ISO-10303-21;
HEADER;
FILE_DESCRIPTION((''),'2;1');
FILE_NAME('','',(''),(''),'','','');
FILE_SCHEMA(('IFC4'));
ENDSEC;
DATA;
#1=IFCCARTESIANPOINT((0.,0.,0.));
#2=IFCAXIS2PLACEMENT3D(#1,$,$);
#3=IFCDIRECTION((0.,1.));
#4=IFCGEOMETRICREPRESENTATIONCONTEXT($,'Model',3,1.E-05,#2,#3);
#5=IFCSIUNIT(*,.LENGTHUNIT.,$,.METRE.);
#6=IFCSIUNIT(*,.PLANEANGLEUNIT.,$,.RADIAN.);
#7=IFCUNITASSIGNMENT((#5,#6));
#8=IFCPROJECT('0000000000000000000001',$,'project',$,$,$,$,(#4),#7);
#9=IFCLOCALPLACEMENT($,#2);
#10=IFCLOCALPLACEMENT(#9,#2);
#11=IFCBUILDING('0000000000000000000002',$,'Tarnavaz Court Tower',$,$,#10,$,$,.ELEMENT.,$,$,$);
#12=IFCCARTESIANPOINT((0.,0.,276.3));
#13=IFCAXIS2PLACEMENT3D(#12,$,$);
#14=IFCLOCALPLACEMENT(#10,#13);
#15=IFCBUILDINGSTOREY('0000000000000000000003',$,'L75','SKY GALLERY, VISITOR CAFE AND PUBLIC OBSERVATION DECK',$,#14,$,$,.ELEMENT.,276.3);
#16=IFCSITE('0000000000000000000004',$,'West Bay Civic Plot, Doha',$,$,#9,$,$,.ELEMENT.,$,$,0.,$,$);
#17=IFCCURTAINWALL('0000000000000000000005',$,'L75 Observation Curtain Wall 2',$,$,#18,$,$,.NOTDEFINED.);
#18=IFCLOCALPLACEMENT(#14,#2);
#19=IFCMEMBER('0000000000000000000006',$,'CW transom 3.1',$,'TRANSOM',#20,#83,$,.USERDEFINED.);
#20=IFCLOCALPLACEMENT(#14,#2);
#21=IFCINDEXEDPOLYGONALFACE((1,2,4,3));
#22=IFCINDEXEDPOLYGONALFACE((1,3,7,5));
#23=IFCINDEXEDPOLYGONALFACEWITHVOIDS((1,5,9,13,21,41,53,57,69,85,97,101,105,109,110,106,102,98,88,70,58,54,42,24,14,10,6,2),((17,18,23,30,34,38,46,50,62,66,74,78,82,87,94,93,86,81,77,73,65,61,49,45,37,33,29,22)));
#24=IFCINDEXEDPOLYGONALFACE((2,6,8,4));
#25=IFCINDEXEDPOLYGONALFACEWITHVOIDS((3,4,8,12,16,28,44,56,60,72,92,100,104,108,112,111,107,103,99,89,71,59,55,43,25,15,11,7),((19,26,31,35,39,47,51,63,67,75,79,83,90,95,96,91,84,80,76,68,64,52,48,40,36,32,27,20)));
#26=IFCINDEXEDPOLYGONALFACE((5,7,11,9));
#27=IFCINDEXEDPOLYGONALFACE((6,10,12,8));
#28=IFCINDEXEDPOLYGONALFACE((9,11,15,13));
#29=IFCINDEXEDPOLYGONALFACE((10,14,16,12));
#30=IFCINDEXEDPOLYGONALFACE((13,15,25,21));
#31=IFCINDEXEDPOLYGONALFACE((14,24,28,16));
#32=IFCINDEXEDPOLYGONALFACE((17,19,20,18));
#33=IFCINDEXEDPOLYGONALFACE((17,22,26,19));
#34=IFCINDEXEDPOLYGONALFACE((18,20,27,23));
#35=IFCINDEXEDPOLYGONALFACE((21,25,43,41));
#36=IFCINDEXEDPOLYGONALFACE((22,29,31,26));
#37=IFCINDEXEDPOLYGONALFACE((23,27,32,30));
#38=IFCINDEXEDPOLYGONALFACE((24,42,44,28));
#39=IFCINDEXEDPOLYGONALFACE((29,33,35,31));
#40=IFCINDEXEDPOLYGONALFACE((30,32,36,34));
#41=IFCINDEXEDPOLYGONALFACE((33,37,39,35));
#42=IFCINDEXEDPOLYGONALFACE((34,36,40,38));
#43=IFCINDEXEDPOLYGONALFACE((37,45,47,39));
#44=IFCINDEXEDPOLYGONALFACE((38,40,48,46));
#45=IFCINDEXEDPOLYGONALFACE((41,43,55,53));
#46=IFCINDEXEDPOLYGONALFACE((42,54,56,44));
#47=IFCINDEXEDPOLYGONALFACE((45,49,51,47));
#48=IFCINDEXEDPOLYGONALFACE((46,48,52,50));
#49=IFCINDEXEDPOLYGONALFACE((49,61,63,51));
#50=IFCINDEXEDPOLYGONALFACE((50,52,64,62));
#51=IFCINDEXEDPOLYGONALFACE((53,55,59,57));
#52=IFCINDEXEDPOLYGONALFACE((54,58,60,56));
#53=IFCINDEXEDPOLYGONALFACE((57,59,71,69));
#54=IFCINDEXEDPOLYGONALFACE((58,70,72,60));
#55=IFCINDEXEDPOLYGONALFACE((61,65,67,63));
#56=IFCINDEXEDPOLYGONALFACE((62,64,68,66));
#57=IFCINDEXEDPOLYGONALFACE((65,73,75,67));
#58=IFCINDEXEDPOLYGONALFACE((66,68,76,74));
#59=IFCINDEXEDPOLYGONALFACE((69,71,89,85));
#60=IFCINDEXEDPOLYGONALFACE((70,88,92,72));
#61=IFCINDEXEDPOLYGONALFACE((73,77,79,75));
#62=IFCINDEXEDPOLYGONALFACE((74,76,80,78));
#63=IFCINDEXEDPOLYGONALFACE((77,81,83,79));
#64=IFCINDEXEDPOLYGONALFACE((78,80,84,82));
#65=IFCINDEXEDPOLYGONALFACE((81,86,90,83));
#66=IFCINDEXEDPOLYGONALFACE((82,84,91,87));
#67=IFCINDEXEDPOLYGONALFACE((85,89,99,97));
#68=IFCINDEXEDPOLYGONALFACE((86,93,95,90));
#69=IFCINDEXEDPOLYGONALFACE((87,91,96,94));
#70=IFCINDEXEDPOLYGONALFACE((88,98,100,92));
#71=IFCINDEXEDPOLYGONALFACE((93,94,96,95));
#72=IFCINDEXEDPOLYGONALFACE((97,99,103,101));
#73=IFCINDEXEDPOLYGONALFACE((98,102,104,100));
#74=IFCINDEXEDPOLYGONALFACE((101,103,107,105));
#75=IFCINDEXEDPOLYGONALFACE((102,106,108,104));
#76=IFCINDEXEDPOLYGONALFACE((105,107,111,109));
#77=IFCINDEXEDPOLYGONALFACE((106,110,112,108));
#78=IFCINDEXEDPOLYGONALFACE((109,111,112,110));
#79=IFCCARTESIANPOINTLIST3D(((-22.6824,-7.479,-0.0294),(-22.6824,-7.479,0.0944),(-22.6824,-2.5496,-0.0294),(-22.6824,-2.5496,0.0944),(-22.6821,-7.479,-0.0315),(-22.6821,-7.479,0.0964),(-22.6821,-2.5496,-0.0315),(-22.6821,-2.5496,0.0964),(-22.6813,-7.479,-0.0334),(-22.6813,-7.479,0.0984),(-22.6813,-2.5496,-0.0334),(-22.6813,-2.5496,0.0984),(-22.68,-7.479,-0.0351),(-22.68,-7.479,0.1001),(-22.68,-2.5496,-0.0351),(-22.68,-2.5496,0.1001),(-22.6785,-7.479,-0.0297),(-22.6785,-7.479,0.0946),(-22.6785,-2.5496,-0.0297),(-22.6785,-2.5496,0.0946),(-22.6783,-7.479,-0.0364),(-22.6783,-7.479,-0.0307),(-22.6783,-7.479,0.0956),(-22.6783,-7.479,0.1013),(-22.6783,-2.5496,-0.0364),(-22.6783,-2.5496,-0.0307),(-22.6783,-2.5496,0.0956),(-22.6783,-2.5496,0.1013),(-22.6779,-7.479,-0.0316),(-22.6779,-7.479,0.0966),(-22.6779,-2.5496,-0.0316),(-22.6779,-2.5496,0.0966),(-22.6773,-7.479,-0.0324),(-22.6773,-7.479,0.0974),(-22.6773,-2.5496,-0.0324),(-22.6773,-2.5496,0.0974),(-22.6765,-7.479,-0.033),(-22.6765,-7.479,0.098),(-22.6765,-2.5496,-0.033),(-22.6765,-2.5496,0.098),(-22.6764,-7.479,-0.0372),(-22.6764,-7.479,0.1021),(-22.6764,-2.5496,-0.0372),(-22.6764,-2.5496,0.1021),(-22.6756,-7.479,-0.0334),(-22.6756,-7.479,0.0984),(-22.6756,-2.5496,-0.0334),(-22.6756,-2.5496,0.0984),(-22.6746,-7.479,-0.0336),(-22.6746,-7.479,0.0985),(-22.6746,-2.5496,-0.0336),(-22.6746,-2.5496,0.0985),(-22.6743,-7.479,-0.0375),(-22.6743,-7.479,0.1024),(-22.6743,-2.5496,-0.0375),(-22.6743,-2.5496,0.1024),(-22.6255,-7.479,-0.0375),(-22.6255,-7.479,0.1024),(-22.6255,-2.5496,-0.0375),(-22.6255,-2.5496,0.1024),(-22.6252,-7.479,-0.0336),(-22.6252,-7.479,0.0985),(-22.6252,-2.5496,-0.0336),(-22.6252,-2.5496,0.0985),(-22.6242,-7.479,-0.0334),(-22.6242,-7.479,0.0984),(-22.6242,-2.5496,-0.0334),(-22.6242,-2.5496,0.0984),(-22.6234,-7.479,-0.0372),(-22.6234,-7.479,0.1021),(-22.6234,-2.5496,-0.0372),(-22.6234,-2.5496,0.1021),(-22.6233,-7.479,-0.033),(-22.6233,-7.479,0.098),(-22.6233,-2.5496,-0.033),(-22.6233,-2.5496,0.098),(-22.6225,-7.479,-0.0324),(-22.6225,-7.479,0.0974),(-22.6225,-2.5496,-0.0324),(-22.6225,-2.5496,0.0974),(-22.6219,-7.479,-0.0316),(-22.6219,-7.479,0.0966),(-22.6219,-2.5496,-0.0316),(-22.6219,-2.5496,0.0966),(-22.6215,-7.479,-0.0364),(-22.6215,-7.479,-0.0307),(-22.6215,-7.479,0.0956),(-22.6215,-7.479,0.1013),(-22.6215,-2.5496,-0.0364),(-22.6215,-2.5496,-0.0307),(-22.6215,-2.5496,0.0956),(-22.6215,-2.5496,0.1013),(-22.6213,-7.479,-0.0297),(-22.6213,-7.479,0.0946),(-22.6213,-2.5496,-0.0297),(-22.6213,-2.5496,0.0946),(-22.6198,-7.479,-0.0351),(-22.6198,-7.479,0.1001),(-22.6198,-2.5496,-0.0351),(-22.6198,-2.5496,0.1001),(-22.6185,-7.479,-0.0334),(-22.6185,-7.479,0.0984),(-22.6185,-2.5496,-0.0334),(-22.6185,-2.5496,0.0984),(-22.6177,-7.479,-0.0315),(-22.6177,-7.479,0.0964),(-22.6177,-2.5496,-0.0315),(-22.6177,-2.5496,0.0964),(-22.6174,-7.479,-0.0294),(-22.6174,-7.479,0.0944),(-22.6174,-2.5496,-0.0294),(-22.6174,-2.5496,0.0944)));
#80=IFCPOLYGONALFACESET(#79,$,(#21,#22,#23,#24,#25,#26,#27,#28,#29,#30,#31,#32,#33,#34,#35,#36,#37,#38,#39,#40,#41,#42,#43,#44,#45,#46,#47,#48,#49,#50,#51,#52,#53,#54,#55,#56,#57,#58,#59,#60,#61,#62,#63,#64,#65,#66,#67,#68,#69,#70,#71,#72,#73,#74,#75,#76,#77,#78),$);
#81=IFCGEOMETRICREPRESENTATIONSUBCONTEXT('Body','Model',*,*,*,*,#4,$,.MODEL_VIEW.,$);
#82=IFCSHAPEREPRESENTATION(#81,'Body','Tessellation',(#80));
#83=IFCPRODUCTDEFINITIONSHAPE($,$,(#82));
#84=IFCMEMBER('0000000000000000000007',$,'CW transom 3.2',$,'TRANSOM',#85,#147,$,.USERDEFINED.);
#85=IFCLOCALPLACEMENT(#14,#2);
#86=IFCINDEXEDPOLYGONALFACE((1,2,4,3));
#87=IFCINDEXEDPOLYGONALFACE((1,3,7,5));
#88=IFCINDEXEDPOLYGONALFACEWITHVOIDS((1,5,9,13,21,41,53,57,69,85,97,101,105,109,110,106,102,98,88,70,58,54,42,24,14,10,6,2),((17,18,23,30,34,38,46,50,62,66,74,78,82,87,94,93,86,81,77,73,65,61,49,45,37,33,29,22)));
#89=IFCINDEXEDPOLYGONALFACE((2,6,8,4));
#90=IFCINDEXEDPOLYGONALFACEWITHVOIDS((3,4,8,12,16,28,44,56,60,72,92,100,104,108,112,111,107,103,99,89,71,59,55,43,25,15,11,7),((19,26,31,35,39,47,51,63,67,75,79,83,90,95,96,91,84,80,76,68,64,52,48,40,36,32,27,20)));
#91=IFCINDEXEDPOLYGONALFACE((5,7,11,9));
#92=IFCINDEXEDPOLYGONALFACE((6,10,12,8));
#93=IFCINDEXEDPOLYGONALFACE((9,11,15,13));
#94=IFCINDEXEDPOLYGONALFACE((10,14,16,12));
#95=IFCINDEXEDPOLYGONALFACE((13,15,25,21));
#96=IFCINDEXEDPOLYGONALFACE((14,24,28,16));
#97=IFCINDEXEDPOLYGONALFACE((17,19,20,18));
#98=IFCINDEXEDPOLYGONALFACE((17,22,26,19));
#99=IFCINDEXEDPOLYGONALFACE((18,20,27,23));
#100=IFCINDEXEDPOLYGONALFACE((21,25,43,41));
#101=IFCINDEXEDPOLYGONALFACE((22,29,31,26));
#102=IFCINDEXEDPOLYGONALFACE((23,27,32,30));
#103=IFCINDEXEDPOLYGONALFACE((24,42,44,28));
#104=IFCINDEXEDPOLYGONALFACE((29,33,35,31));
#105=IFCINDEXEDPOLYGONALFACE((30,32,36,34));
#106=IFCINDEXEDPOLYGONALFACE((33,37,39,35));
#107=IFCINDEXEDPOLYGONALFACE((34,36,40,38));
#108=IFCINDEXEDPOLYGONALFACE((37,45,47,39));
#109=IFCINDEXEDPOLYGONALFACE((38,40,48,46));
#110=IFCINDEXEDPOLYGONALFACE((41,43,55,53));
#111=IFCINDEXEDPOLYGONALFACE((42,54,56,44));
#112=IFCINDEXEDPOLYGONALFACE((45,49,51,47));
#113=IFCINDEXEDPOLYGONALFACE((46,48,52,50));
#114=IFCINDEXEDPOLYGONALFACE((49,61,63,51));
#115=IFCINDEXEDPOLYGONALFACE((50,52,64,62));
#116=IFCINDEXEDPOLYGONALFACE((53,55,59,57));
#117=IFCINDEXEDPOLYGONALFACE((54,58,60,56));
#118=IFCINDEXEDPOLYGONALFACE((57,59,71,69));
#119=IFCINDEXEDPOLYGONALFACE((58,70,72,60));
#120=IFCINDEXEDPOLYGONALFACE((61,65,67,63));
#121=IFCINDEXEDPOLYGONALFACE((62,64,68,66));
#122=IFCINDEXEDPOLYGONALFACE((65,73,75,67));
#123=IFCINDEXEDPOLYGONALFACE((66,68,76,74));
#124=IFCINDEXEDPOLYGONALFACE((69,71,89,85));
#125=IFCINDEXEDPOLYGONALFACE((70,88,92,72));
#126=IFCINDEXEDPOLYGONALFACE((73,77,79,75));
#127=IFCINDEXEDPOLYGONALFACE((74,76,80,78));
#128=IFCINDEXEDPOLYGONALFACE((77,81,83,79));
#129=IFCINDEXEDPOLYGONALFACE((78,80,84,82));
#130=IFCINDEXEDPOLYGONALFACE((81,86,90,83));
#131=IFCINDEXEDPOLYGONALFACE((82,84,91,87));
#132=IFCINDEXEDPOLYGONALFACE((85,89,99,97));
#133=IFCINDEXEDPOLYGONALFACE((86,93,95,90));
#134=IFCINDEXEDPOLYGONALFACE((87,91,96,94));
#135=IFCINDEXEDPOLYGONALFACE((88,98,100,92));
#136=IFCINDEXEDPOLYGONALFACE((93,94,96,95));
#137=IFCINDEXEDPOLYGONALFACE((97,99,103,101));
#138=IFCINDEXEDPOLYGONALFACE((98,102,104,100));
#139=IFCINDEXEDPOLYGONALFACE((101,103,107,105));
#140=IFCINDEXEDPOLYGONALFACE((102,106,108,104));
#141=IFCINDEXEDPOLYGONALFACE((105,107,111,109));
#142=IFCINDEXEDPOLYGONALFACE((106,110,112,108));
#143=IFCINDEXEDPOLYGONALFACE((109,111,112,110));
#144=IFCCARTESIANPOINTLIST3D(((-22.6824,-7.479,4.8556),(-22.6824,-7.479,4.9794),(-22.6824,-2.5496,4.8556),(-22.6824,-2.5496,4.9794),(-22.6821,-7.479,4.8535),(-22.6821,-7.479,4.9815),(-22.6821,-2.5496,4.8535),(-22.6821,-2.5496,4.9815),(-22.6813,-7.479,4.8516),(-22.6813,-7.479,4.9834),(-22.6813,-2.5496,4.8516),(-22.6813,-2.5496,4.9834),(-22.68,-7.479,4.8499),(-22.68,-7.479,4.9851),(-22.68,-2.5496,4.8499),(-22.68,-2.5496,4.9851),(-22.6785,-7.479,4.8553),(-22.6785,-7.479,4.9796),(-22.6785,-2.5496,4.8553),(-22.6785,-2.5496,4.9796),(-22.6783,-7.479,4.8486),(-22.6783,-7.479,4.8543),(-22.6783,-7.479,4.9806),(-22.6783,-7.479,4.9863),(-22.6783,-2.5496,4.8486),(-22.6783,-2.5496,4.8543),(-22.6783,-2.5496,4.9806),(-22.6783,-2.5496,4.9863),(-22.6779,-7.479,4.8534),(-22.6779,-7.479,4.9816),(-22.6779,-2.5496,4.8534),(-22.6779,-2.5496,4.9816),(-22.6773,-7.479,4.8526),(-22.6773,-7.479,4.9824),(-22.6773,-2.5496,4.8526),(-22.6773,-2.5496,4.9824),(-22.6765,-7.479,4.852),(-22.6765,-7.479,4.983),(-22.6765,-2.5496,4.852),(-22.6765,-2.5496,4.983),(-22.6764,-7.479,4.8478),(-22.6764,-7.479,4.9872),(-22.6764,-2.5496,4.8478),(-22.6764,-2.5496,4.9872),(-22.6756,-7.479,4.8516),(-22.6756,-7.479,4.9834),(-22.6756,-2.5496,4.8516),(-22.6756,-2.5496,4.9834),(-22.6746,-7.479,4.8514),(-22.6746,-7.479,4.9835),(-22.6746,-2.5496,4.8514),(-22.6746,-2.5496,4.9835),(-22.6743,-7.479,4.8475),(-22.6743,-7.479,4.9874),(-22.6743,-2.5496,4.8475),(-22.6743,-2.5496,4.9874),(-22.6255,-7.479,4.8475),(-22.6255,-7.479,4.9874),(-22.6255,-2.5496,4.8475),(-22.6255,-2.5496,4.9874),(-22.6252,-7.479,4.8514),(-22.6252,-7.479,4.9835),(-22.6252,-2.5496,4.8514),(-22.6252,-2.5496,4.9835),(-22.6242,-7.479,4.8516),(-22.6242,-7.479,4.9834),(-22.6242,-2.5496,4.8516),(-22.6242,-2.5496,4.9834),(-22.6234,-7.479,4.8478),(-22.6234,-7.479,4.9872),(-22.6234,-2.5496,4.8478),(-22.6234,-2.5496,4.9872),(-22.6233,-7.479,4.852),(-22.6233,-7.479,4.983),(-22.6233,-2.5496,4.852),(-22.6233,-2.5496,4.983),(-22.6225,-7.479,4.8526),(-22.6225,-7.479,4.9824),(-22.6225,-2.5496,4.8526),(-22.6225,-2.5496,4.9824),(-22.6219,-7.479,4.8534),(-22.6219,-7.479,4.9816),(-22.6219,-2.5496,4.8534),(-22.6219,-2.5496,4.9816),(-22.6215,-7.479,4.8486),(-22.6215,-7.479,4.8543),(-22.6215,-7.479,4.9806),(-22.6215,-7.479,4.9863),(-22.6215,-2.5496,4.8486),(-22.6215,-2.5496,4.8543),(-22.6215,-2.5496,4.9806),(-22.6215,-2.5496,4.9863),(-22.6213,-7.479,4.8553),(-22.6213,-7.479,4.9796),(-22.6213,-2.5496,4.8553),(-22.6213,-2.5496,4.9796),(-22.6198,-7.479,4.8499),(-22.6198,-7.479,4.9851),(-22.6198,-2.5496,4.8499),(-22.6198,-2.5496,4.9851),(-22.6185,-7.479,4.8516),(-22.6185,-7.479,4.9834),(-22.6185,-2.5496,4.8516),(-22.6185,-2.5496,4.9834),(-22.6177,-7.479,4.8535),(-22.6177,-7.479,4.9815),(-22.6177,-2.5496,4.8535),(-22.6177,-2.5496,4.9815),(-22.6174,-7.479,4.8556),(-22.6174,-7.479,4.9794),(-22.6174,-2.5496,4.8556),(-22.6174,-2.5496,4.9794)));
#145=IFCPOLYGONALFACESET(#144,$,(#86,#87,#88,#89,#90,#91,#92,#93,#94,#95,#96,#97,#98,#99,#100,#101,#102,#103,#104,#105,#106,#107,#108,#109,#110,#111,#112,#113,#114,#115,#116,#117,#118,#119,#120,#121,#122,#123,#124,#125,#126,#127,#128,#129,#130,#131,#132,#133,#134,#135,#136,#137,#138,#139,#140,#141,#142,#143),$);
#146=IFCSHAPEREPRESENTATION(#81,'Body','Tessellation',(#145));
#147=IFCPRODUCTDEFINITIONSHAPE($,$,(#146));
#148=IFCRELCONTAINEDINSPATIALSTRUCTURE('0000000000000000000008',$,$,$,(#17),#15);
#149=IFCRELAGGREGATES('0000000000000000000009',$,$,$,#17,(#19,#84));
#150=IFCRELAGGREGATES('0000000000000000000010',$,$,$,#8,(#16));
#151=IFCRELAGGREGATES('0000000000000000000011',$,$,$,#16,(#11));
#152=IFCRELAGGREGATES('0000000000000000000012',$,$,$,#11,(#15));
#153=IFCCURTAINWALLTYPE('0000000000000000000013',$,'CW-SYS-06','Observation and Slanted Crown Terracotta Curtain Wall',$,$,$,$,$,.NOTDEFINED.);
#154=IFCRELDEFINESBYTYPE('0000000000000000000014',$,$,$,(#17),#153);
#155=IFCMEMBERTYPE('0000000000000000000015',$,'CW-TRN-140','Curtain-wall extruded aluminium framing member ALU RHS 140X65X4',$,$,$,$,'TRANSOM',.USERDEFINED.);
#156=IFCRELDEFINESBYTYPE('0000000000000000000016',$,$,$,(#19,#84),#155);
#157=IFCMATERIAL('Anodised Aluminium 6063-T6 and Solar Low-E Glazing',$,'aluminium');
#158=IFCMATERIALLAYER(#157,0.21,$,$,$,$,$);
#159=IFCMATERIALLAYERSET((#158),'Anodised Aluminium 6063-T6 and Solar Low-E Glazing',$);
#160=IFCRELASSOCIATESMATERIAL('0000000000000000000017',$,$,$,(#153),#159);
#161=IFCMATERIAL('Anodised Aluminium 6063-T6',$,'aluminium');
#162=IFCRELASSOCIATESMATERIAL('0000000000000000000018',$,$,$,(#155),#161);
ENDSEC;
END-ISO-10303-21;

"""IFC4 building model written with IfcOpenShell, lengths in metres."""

from ifc_helpers import new_model, si_unit, direction, frame, origin, origin_2d, place, context, subcontext, project, spatial, hollow_rectangle, extrude, material, layer, layer_set, material_profile, profile_set, type_object, element, aggregate, save


model = new_model("IFC4")

# Units and contexts
model_context = context("Model", 3, precision=1e-05, world=origin(), true_north=direction((0.0, 1.0)))
body_context = subcontext(model_context, "Body", "Model", "MODEL_VIEW")
ifc_project = project(units=[si_unit("LENGTHUNIT", "METRE"), si_unit("PLANEANGLEUNIT", "RADIAN")], contexts=[model_context])

# Site, building, storey
site_placement = place(None, origin())
site = spatial("IfcSite", under=ifc_project, at=site_placement, Name="West Bay Civic Plot, Doha", CompositionType="ELEMENT", RefElevation=0.0)
building_placement = place(site_placement, origin())
building = spatial("IfcBuilding", under=site, at=building_placement, Name="Tarnavaz Court Tower", CompositionType="ELEMENT")
storey_placement = place(building_placement, frame((0.0, 0.0, 276.3)))
storey = spatial("IfcBuildingStorey", under=building, at=storey_placement, Name="L75", Description="SKY GALLERY, VISITOR CAFE AND PUBLIC OBSERVATION DECK", CompositionType="ELEMENT", Elevation=276.3)

# Curtain wall, members
ifc_material_1 = material(Name="Anodised Aluminium 6063-T6 and Solar Low-E Glazing", Category="aluminium")
ifc_layer_1 = layer(ifc_material_1, 0.21)
ifc_layer_set_1 = layer_set([ifc_layer_1], Name="Anodised Aluminium 6063-T6 and Solar Low-E Glazing")
curtain_wall_type = type_object("IfcCurtainWallType", Name="CW-SYS-06", Description="Observation and Slanted Crown Terracotta Curtain Wall", PredefinedType="NOTDEFINED", material=ifc_layer_set_1)
curtain_wall_placement = place(storey_placement, origin())
curtain_wall = element("IfcCurtainWall", 1, at=curtain_wall_placement, inside=storey, type_object=curtain_wall_type, Name="L75 Observation Curtain Wall 2", PredefinedType="NOTDEFINED")
ifc_material_2 = material(Name="Anodised Aluminium 6063-T6", Category="aluminium")
ifc_material_profile_1 = material_profile(ifc_material_2, hollow_rectangle(XDim=0.0649, YDim=0.1399, WallThickness=0.0039, InnerFilletRadius=0.0039, OuterFilletRadius=0.0081, at=origin_2d()), Name="ALU RHS 140X65X4")
ifc_profile_set_1 = profile_set([ifc_material_profile_1], Name="Anodised Aluminium 6063-T6")
member_type_1 = type_object("IfcMemberType", Name="CW-TRN-140", Description="Curtain-wall extruded aluminium framing member ALU RHS 140X65X4", ElementType="TRANSOM", PredefinedType="USERDEFINED", material=ifc_profile_set_1)
member_1_placement = place(storey_placement, frame((-22.6499, -7.479, 0.0325), z_axis=(0.0, 1.0, 0.0), x_axis=(-1.0, 0.0, 0.0)))
member_1 = element("IfcMember", 2, at=member_1_placement, type_object=member_type_1, Name="CW transom 3.1", ObjectType="TRANSOM", PredefinedType="USERDEFINED", context=body_context, shape_type="SweptSolid", body=[
    extrude(hollow_rectangle(XDim=0.0649, YDim=0.1399, WallThickness=0.0039, InnerFilletRadius=0.0039, OuterFilletRadius=0.0081, at=origin_2d()), origin(), (0.0, 0.0, 1.0), 4.9294),
])
member_2_placement = place(storey_placement, frame((-22.6499, -7.479, 4.9175), z_axis=(0.0, 1.0, 0.0), x_axis=(-1.0, 0.0, 0.0)))
member_2 = element("IfcMember", 3, at=member_2_placement, type_object=member_type_1, Name="CW transom 3.2", ObjectType="TRANSOM", PredefinedType="USERDEFINED", context=body_context, shape_type="SweptSolid", body=[
    extrude(hollow_rectangle(XDim=0.0649, YDim=0.1399, WallThickness=0.0039, InnerFilletRadius=0.0039, OuterFilletRadius=0.0081, at=origin_2d()), origin(), (0.0, 0.0, 1.0), 4.9294),
])
aggregate(curtain_wall, [member_1, member_2])

save(model, "model.ifc")
